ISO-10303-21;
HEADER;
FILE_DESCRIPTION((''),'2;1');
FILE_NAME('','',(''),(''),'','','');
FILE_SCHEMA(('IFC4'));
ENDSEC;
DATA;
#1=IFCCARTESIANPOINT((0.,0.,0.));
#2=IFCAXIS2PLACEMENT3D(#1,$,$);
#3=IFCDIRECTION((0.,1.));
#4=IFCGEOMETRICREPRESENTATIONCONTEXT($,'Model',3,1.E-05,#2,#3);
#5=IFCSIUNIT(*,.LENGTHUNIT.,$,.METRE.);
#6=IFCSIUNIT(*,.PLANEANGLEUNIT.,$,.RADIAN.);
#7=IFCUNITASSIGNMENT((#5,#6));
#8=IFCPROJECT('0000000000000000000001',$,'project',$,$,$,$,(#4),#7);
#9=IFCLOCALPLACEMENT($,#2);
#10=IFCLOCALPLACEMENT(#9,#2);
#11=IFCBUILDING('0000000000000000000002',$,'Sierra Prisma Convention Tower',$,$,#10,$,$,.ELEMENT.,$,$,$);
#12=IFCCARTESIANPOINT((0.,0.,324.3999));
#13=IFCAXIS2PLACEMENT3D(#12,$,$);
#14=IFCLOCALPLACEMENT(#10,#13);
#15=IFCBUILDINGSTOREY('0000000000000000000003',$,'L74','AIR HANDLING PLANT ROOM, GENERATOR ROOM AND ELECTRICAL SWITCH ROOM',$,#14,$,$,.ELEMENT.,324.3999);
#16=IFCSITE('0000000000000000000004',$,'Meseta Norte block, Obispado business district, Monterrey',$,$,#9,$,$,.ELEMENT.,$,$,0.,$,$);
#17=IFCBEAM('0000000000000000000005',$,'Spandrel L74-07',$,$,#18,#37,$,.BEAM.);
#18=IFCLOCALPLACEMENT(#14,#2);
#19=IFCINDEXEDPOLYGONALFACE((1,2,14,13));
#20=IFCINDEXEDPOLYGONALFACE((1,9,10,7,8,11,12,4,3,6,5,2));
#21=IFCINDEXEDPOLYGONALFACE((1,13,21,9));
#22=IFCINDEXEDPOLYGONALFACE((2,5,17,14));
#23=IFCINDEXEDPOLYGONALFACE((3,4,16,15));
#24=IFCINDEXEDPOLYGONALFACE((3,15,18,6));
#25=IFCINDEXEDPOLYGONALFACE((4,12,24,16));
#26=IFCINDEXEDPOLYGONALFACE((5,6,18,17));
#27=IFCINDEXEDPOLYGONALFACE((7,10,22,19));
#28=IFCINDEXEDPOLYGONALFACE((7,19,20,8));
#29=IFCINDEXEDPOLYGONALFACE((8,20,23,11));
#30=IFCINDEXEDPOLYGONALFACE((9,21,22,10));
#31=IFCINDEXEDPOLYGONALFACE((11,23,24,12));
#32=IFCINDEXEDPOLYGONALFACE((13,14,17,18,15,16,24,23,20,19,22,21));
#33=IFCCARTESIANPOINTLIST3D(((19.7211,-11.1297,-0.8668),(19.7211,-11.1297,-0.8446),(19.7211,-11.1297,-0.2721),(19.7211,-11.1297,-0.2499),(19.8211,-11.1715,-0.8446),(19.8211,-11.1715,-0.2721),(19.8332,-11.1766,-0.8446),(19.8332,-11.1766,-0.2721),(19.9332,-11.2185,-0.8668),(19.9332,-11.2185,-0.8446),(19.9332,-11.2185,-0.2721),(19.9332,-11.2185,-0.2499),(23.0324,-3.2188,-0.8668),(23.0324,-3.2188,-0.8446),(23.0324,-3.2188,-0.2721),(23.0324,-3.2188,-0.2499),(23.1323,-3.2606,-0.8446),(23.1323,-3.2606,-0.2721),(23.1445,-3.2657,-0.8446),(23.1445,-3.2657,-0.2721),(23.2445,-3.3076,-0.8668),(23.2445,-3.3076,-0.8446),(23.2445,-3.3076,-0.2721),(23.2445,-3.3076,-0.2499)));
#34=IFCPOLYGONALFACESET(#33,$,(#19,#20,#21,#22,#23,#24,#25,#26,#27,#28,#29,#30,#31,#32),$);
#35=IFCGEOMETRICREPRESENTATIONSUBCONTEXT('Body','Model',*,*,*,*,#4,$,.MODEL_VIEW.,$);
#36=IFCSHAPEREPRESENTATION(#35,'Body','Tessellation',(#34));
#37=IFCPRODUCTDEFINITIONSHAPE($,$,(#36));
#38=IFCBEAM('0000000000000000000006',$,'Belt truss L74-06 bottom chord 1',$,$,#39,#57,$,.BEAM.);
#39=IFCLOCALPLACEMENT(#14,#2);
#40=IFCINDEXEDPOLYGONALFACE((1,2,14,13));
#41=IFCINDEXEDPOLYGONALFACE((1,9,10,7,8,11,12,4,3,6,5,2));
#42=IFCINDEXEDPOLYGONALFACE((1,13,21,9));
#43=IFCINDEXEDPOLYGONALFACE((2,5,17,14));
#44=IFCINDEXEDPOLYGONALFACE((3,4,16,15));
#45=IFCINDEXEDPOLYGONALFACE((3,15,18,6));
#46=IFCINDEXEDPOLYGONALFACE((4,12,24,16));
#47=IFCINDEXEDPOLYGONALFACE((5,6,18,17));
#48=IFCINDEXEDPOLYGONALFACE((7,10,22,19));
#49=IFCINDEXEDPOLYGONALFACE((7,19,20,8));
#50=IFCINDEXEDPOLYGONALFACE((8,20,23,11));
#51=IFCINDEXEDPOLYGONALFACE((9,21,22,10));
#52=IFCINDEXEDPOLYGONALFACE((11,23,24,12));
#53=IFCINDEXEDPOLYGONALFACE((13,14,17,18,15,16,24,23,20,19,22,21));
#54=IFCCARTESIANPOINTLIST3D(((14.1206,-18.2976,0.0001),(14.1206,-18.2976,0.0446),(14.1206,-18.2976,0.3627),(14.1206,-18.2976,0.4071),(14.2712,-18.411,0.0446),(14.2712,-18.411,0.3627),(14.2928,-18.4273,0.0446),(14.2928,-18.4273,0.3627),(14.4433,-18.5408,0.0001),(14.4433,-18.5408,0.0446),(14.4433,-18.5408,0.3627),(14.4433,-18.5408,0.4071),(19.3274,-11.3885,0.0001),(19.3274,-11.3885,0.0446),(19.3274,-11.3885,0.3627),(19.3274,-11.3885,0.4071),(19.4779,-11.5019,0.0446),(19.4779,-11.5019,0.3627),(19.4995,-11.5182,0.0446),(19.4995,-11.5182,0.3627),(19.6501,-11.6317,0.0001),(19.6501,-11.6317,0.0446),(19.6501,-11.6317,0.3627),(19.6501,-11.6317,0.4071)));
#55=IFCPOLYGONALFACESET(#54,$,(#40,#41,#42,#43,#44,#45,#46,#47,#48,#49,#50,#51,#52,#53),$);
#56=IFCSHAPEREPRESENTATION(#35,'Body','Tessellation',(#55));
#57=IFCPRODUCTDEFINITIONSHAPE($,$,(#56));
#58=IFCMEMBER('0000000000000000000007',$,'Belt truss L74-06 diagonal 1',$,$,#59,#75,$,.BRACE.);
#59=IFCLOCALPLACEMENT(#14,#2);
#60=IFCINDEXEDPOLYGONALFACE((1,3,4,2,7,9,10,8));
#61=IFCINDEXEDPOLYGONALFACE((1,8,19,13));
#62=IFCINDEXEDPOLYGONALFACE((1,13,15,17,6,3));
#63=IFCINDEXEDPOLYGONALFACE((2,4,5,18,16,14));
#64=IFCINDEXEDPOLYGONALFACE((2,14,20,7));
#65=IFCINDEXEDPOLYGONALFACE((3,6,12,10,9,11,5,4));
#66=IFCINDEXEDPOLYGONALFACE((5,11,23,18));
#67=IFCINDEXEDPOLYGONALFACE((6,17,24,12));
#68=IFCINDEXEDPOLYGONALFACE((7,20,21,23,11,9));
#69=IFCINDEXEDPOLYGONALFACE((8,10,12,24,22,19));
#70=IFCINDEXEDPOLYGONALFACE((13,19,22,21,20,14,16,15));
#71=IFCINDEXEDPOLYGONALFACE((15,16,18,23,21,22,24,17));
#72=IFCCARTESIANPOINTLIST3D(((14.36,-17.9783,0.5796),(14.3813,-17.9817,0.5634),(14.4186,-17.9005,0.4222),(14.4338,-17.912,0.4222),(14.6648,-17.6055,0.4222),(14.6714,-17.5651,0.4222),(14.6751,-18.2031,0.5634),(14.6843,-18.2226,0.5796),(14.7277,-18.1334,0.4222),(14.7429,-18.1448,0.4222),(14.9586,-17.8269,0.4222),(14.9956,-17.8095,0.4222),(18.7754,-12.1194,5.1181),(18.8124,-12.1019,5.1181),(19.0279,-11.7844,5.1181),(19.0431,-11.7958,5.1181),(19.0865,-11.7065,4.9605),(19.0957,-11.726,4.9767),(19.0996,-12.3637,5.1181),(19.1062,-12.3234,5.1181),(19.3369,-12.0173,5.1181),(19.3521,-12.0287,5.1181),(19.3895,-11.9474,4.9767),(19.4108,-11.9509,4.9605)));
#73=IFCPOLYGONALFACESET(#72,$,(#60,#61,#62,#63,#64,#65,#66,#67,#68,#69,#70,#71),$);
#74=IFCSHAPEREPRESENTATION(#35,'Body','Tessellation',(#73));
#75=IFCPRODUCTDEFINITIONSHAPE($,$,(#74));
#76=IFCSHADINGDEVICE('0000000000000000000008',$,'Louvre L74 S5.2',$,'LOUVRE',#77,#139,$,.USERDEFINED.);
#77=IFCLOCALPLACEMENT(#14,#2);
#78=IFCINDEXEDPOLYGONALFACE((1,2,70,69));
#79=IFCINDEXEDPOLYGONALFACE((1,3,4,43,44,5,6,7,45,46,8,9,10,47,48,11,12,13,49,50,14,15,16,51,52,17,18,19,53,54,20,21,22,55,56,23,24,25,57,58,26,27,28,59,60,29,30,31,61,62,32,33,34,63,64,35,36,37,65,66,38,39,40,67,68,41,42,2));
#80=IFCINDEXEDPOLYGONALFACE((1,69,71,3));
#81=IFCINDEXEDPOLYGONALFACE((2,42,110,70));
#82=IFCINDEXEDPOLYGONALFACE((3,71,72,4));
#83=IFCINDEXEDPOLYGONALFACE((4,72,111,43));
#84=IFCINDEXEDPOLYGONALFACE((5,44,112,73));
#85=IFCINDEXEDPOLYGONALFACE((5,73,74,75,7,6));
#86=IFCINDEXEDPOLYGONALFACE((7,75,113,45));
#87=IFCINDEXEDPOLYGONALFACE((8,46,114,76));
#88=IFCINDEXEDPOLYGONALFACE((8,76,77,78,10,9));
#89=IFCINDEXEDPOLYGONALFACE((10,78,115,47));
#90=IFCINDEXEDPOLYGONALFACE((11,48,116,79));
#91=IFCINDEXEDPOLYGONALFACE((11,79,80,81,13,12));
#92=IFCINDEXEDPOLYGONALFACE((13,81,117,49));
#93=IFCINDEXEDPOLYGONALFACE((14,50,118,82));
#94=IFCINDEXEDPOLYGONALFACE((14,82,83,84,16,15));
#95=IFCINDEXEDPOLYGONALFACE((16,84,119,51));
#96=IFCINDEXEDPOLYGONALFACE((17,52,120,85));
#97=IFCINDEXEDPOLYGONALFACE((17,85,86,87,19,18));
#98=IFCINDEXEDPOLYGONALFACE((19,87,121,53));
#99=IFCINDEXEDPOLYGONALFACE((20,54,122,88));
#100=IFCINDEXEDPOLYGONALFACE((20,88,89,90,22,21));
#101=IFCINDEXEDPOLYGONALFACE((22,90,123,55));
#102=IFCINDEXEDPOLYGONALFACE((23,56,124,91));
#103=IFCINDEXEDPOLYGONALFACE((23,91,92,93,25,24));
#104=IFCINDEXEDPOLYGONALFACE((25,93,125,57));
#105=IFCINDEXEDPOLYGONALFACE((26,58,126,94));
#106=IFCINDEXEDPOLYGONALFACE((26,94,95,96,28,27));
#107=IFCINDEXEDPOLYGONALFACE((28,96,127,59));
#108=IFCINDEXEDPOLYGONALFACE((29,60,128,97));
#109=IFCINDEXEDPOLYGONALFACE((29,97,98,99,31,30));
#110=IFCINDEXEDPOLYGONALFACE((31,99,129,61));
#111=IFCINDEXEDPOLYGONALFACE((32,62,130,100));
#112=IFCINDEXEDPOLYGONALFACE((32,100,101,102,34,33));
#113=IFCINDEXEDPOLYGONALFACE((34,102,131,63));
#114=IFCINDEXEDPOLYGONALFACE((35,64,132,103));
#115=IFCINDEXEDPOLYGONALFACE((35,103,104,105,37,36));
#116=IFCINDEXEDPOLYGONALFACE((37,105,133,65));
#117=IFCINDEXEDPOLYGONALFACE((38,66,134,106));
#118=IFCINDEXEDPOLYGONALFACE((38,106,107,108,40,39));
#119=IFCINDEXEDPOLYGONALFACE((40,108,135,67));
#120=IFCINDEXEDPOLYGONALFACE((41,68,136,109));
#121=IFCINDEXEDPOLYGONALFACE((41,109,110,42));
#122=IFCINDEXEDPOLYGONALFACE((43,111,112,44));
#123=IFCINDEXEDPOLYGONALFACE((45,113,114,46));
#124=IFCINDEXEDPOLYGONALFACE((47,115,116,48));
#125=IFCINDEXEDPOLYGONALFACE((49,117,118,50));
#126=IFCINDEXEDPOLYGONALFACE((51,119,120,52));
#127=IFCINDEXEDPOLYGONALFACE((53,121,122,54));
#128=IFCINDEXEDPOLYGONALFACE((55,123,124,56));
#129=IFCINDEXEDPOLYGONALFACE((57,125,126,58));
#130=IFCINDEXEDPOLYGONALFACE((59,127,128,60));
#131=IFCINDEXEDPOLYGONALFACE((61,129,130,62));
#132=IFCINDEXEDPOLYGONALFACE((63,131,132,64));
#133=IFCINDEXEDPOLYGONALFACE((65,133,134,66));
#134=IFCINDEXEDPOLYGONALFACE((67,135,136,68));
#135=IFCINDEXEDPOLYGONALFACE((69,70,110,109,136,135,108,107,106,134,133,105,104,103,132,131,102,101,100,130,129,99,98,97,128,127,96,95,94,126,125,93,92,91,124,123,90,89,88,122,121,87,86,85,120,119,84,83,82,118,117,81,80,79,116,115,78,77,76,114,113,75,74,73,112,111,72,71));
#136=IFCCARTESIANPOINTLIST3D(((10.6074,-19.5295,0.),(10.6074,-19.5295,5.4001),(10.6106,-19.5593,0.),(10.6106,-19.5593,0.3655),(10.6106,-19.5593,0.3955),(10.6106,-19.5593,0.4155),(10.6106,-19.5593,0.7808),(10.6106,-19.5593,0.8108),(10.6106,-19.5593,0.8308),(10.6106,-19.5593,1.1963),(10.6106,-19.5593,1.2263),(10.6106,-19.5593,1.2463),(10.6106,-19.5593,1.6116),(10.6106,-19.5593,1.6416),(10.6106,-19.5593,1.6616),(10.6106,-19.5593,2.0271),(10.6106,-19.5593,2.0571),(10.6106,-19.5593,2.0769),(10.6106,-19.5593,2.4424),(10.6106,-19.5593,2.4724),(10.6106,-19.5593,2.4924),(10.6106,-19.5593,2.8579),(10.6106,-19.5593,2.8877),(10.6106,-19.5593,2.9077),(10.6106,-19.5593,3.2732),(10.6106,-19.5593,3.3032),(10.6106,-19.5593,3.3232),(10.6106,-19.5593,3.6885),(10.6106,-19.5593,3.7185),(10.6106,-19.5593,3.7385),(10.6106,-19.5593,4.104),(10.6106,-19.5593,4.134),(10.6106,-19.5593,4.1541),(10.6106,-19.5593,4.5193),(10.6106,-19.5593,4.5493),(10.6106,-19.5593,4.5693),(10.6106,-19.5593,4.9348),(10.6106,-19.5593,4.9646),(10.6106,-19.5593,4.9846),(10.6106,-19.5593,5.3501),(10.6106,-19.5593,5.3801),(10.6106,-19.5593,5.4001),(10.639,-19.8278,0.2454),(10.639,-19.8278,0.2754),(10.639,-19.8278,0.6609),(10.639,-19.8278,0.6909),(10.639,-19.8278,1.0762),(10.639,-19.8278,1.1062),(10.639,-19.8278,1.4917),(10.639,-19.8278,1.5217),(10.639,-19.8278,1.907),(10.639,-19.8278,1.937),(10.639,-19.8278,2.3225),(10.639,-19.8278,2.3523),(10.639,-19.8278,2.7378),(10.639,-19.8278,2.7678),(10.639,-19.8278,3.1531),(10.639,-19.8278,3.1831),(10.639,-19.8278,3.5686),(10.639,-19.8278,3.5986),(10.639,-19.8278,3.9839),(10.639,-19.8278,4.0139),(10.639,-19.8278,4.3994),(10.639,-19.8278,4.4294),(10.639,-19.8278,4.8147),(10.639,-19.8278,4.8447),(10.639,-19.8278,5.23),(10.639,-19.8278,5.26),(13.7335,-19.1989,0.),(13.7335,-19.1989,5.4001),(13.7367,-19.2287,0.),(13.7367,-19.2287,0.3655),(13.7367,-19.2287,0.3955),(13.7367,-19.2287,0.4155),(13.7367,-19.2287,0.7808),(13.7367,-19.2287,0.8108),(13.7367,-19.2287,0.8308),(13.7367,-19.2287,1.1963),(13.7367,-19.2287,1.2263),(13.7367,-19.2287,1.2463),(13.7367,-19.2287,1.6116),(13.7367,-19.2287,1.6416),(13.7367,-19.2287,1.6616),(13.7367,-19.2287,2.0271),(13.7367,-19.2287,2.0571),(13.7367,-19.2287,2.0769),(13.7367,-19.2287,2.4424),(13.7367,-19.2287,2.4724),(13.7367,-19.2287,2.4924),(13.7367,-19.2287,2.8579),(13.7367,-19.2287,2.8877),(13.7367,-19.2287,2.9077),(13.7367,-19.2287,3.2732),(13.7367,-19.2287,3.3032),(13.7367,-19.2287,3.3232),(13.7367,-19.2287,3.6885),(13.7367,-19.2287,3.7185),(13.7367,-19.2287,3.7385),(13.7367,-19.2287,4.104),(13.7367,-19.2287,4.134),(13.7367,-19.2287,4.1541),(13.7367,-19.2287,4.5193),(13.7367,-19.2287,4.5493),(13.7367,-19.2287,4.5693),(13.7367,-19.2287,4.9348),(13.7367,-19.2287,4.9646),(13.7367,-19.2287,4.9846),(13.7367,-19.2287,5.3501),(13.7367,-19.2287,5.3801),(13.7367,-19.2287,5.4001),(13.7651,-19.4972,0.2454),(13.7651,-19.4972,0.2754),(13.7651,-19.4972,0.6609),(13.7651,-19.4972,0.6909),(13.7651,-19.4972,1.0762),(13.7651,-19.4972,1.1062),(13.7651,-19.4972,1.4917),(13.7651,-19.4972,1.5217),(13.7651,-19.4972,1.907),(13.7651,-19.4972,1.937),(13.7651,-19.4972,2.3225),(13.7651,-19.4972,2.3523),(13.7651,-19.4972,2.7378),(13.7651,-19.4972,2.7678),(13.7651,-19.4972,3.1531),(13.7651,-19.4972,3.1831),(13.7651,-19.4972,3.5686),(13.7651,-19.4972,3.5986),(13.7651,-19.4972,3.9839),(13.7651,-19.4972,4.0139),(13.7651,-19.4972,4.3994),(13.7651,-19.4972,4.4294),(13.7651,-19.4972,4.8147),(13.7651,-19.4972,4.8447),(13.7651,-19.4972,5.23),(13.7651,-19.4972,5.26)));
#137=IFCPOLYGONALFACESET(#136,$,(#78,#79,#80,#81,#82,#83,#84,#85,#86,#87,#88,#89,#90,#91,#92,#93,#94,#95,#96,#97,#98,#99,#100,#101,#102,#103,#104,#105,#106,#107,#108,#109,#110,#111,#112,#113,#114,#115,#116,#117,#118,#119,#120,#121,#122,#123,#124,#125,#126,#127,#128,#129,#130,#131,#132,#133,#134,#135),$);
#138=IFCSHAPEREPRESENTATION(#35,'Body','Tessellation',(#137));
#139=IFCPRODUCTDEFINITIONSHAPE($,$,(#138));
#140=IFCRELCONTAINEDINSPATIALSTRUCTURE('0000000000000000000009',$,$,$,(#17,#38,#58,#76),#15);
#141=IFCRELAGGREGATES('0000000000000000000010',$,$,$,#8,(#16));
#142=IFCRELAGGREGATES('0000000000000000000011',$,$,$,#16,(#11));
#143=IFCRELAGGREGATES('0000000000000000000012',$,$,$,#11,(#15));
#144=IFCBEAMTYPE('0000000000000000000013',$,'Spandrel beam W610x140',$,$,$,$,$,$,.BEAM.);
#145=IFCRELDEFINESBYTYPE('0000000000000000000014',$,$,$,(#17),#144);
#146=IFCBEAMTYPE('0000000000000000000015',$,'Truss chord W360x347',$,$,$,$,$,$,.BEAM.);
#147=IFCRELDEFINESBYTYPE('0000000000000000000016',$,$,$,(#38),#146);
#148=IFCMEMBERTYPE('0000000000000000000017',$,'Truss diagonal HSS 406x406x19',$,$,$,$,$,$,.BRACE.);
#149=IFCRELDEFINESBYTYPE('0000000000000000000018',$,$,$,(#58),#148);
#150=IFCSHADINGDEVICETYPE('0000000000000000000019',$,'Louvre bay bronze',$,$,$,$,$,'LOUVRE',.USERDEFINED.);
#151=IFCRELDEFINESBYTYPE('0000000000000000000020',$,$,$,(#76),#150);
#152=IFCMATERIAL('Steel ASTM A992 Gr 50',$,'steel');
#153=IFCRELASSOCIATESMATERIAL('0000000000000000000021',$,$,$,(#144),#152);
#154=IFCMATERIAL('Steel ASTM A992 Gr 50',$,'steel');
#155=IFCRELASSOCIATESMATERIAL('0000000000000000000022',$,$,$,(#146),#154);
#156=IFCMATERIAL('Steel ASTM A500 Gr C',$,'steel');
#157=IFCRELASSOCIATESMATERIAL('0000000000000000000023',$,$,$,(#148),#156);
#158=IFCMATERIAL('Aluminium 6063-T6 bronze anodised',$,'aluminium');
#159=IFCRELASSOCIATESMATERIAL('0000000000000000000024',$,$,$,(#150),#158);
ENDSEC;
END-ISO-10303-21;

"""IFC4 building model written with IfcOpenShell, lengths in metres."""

from ifc_helpers import new_model, si_unit, direction, frame, origin, origin_2d, place, context, subcontext, project, spatial, polyline, hollow_rectangle, i_section, outline, extrude, clip, halfspace, material, material_profile, profile_set, type_object, element, save


model = new_model("IFC4")

# Units and contexts
model_context = context("Model", 3, precision=1e-05, world=origin(), true_north=direction((0.0, 1.0)))
body_context = subcontext(model_context, "Body", "Model", "MODEL_VIEW")
ifc_project = project(units=[si_unit("LENGTHUNIT", "METRE"), si_unit("PLANEANGLEUNIT", "RADIAN")], contexts=[model_context])

# Site, building, storey
site_placement = place(None, origin())
site = spatial("IfcSite", under=ifc_project, at=site_placement, Name="Meseta Norte block, Obispado business district, Monterrey", CompositionType="ELEMENT", RefElevation=0.0)
building_placement = place(site_placement, origin())
building = spatial("IfcBuilding", under=site, at=building_placement, Name="Sierra Prisma Convention Tower", CompositionType="ELEMENT")
storey_placement = place(building_placement, frame((0.0, 0.0, 324.3999)))
storey = spatial("IfcBuildingStorey", under=building, at=storey_placement, Name="L74", Description="AIR HANDLING PLANT ROOM, GENERATOR ROOM AND ELECTRICAL SWITCH ROOM", CompositionType="ELEMENT", Elevation=324.3999)

# Beams
ifc_material_1 = material(Name="Steel ASTM A992 Gr 50", Category="steel")
ifc_material_profile_1 = material_profile(ifc_material_1, i_section(OverallWidth=0.23, OverallDepth=0.6169, WebThickness=0.0132, FlangeThickness=0.0222, at=origin_2d()), Name="W610x140")
ifc_profile_set_1 = profile_set([ifc_material_profile_1], Name="Steel ASTM A992 Gr 50")
beam_type_1 = type_object("IfcBeamType", Name="Spandrel beam W610x140", PredefinedType="BEAM", material=ifc_profile_set_1)
beam_1_placement = place(storey_placement, frame((19.8271, -11.1741, -0.5583), z_axis=(0.386113, 0.922452, 0.0), x_axis=(-0.922452, 0.386113, 0.0)))
element("IfcBeam", 1, at=beam_1_placement, inside=storey, type_object=beam_type_1, Name="Spandrel L74-07", PredefinedType="BEAM", context=body_context, shape_type="SweptSolid", body=[
    extrude(i_section(OverallWidth=0.23, OverallDepth=0.6169, WebThickness=0.0132, FlangeThickness=0.0222, at=origin_2d()), origin(), (0.0, 0.0, 1.0), 8.5759),
])
ifc_material_2 = material(Name="Steel ASTM A992 Gr 50", Category="steel")
ifc_material_profile_2 = material_profile(ifc_material_2, i_section(OverallWidth=0.4041, OverallDepth=0.407, WebThickness=0.0271, FlangeThickness=0.0444, at=origin_2d()), Name="W360x347")
ifc_profile_set_2 = profile_set([ifc_material_profile_2], Name="Steel ASTM A992 Gr 50")
beam_type_2 = type_object("IfcBeamType", Name="Truss chord W360x347", PredefinedType="BEAM", material=ifc_profile_set_2)
beam_2_placement = place(storey_placement, frame((14.282, -18.4192, 0.2036), z_axis=(0.601841, 0.798616, 0.0), x_axis=(-0.798616, 0.601841, 0.0)))
element("IfcBeam", 2, at=beam_2_placement, inside=storey, type_object=beam_type_2, Name="Belt truss L74-06 bottom chord 1", PredefinedType="BEAM", context=body_context, shape_type="SweptSolid", body=[
    extrude(i_section(OverallWidth=0.4041, OverallDepth=0.407, WebThickness=0.0271, FlangeThickness=0.0444, at=origin_2d()), origin(), (0.0, 0.0, 1.0), 8.6514),
])

# Member
ifc_material_3 = material(Name="Steel ASTM A500 Gr C", Category="steel")
ifc_material_profile_3 = material_profile(ifc_material_3, hollow_rectangle(XDim=0.406, YDim=0.406, WallThickness=0.019, at=origin_2d()), Name="Truss diagonal HSS 406x406x19")
ifc_profile_set_3 = profile_set([ifc_material_profile_3], Name="Steel ASTM A500 Gr C")
member_type = type_object("IfcMemberType", Name="Truss diagonal HSS 406x406x19", PredefinedType="BRACE", material=ifc_profile_set_3)
member_placement = place(storey_placement, frame((14.5864, -18.0151, 0.407), z_axis=(0.511828, 0.679158, 0.526096), x_axis=(-0.79861, 0.601849, 0.0)))
element("IfcMember", 3, at=member_placement, inside=storey, type_object=member_type, Name="Belt truss L74-06 diagonal 1", PredefinedType="BRACE", context=body_context, shape_type="SweptSolid", body=[
    clip(clip(extrude(hollow_rectangle(XDim=0.406, YDim=0.406, WallThickness=0.019, at=origin_2d()), origin(), (0.0, 0.0, 1.0), 8.9834), halfspace(frame((0.0, 0.0129, 0.0081), z_axis=(0.0, 0.850425, 0.526096), x_axis=(1.0, 0.0, 0.0)), True)), halfspace(frame((0.0, -0.0127, 8.9753), z_axis=(0.0, -0.850425, -0.526096), x_axis=(1.0, 0.0, 0.0)), True)),
])

# Shading device
ifc_material_4 = material(Name="Aluminium 6063-T6 bronze anodised", Category="aluminium")
shading_device_type = type_object("IfcShadingDeviceType", Name="Louvre bay bronze", ElementType="LOUVRE", PredefinedType="USERDEFINED", material=ifc_material_4)
shading_device_1_placement = place(storey_placement, frame((10.6074, -19.5295, 0.0), z_axis=(-0.994453, -0.105177, 0.0), x_axis=(0.0, 0.0, 1.0)))
element("IfcShadingDevice", 4, at=shading_device_1_placement, inside=storey, type_object=shading_device_type, Name="Louvre L74 S5.2", ObjectType="LOUVRE", PredefinedType="USERDEFINED", context=body_context, shape_type="SweptSolid", body=[
    extrude(outline(polyline([(0.0, 0.0), (5.4001, 0.0), (5.4001, -0.03), (5.3801, -0.03), (5.26, -0.3), (5.23, -0.3), (5.3501, -0.03), (4.9846, -0.03), (4.9646, -0.03), (4.8447, -0.3), (4.8147, -0.3), (4.9348, -0.03), (4.5693, -0.03), (4.5493, -0.03), (4.4294, -0.3), (4.3994, -0.3), (4.5193, -0.03), (4.1541, -0.03), (4.134, -0.03), (4.0139, -0.3), (3.9839, -0.3), (4.104, -0.03), (3.7385, -0.03), (3.7185, -0.03), (3.5986, -0.3), (3.5686, -0.3), (3.6885, -0.03), (3.3232, -0.03), (3.3032, -0.03), (3.1831, -0.3), (3.1531, -0.3), (3.2732, -0.03), (2.9077, -0.03), (2.8877, -0.03), (2.7678, -0.3), (2.7378, -0.3), (2.8579, -0.03), (2.4924, -0.03), (2.4724, -0.03), (2.3523, -0.3), (2.3225, -0.3), (2.4424, -0.03), (2.0769, -0.03), (2.0571, -0.03), (1.937, -0.3), (1.907, -0.3), (2.0271, -0.03), (1.6616, -0.03), (1.6416, -0.03), (1.5217, -0.3), (1.4917, -0.3), (1.6116, -0.03), (1.2463, -0.03), (1.2263, -0.03), (1.1062, -0.3), (1.0762, -0.3), (1.1963, -0.03), (0.8308, -0.03), (0.8108, -0.03), (0.6909, -0.3), (0.6609, -0.3), (0.7808, -0.03), (0.4155, -0.03), (0.3955, -0.03), (0.2754, -0.3), (0.2454, -0.3), (0.3655, -0.03), (0.0, -0.03), (0.0, 0.0)])), origin(), (0.0, 0.0, -1.0), 3.1436),
])

save(model, "model.ifc")
